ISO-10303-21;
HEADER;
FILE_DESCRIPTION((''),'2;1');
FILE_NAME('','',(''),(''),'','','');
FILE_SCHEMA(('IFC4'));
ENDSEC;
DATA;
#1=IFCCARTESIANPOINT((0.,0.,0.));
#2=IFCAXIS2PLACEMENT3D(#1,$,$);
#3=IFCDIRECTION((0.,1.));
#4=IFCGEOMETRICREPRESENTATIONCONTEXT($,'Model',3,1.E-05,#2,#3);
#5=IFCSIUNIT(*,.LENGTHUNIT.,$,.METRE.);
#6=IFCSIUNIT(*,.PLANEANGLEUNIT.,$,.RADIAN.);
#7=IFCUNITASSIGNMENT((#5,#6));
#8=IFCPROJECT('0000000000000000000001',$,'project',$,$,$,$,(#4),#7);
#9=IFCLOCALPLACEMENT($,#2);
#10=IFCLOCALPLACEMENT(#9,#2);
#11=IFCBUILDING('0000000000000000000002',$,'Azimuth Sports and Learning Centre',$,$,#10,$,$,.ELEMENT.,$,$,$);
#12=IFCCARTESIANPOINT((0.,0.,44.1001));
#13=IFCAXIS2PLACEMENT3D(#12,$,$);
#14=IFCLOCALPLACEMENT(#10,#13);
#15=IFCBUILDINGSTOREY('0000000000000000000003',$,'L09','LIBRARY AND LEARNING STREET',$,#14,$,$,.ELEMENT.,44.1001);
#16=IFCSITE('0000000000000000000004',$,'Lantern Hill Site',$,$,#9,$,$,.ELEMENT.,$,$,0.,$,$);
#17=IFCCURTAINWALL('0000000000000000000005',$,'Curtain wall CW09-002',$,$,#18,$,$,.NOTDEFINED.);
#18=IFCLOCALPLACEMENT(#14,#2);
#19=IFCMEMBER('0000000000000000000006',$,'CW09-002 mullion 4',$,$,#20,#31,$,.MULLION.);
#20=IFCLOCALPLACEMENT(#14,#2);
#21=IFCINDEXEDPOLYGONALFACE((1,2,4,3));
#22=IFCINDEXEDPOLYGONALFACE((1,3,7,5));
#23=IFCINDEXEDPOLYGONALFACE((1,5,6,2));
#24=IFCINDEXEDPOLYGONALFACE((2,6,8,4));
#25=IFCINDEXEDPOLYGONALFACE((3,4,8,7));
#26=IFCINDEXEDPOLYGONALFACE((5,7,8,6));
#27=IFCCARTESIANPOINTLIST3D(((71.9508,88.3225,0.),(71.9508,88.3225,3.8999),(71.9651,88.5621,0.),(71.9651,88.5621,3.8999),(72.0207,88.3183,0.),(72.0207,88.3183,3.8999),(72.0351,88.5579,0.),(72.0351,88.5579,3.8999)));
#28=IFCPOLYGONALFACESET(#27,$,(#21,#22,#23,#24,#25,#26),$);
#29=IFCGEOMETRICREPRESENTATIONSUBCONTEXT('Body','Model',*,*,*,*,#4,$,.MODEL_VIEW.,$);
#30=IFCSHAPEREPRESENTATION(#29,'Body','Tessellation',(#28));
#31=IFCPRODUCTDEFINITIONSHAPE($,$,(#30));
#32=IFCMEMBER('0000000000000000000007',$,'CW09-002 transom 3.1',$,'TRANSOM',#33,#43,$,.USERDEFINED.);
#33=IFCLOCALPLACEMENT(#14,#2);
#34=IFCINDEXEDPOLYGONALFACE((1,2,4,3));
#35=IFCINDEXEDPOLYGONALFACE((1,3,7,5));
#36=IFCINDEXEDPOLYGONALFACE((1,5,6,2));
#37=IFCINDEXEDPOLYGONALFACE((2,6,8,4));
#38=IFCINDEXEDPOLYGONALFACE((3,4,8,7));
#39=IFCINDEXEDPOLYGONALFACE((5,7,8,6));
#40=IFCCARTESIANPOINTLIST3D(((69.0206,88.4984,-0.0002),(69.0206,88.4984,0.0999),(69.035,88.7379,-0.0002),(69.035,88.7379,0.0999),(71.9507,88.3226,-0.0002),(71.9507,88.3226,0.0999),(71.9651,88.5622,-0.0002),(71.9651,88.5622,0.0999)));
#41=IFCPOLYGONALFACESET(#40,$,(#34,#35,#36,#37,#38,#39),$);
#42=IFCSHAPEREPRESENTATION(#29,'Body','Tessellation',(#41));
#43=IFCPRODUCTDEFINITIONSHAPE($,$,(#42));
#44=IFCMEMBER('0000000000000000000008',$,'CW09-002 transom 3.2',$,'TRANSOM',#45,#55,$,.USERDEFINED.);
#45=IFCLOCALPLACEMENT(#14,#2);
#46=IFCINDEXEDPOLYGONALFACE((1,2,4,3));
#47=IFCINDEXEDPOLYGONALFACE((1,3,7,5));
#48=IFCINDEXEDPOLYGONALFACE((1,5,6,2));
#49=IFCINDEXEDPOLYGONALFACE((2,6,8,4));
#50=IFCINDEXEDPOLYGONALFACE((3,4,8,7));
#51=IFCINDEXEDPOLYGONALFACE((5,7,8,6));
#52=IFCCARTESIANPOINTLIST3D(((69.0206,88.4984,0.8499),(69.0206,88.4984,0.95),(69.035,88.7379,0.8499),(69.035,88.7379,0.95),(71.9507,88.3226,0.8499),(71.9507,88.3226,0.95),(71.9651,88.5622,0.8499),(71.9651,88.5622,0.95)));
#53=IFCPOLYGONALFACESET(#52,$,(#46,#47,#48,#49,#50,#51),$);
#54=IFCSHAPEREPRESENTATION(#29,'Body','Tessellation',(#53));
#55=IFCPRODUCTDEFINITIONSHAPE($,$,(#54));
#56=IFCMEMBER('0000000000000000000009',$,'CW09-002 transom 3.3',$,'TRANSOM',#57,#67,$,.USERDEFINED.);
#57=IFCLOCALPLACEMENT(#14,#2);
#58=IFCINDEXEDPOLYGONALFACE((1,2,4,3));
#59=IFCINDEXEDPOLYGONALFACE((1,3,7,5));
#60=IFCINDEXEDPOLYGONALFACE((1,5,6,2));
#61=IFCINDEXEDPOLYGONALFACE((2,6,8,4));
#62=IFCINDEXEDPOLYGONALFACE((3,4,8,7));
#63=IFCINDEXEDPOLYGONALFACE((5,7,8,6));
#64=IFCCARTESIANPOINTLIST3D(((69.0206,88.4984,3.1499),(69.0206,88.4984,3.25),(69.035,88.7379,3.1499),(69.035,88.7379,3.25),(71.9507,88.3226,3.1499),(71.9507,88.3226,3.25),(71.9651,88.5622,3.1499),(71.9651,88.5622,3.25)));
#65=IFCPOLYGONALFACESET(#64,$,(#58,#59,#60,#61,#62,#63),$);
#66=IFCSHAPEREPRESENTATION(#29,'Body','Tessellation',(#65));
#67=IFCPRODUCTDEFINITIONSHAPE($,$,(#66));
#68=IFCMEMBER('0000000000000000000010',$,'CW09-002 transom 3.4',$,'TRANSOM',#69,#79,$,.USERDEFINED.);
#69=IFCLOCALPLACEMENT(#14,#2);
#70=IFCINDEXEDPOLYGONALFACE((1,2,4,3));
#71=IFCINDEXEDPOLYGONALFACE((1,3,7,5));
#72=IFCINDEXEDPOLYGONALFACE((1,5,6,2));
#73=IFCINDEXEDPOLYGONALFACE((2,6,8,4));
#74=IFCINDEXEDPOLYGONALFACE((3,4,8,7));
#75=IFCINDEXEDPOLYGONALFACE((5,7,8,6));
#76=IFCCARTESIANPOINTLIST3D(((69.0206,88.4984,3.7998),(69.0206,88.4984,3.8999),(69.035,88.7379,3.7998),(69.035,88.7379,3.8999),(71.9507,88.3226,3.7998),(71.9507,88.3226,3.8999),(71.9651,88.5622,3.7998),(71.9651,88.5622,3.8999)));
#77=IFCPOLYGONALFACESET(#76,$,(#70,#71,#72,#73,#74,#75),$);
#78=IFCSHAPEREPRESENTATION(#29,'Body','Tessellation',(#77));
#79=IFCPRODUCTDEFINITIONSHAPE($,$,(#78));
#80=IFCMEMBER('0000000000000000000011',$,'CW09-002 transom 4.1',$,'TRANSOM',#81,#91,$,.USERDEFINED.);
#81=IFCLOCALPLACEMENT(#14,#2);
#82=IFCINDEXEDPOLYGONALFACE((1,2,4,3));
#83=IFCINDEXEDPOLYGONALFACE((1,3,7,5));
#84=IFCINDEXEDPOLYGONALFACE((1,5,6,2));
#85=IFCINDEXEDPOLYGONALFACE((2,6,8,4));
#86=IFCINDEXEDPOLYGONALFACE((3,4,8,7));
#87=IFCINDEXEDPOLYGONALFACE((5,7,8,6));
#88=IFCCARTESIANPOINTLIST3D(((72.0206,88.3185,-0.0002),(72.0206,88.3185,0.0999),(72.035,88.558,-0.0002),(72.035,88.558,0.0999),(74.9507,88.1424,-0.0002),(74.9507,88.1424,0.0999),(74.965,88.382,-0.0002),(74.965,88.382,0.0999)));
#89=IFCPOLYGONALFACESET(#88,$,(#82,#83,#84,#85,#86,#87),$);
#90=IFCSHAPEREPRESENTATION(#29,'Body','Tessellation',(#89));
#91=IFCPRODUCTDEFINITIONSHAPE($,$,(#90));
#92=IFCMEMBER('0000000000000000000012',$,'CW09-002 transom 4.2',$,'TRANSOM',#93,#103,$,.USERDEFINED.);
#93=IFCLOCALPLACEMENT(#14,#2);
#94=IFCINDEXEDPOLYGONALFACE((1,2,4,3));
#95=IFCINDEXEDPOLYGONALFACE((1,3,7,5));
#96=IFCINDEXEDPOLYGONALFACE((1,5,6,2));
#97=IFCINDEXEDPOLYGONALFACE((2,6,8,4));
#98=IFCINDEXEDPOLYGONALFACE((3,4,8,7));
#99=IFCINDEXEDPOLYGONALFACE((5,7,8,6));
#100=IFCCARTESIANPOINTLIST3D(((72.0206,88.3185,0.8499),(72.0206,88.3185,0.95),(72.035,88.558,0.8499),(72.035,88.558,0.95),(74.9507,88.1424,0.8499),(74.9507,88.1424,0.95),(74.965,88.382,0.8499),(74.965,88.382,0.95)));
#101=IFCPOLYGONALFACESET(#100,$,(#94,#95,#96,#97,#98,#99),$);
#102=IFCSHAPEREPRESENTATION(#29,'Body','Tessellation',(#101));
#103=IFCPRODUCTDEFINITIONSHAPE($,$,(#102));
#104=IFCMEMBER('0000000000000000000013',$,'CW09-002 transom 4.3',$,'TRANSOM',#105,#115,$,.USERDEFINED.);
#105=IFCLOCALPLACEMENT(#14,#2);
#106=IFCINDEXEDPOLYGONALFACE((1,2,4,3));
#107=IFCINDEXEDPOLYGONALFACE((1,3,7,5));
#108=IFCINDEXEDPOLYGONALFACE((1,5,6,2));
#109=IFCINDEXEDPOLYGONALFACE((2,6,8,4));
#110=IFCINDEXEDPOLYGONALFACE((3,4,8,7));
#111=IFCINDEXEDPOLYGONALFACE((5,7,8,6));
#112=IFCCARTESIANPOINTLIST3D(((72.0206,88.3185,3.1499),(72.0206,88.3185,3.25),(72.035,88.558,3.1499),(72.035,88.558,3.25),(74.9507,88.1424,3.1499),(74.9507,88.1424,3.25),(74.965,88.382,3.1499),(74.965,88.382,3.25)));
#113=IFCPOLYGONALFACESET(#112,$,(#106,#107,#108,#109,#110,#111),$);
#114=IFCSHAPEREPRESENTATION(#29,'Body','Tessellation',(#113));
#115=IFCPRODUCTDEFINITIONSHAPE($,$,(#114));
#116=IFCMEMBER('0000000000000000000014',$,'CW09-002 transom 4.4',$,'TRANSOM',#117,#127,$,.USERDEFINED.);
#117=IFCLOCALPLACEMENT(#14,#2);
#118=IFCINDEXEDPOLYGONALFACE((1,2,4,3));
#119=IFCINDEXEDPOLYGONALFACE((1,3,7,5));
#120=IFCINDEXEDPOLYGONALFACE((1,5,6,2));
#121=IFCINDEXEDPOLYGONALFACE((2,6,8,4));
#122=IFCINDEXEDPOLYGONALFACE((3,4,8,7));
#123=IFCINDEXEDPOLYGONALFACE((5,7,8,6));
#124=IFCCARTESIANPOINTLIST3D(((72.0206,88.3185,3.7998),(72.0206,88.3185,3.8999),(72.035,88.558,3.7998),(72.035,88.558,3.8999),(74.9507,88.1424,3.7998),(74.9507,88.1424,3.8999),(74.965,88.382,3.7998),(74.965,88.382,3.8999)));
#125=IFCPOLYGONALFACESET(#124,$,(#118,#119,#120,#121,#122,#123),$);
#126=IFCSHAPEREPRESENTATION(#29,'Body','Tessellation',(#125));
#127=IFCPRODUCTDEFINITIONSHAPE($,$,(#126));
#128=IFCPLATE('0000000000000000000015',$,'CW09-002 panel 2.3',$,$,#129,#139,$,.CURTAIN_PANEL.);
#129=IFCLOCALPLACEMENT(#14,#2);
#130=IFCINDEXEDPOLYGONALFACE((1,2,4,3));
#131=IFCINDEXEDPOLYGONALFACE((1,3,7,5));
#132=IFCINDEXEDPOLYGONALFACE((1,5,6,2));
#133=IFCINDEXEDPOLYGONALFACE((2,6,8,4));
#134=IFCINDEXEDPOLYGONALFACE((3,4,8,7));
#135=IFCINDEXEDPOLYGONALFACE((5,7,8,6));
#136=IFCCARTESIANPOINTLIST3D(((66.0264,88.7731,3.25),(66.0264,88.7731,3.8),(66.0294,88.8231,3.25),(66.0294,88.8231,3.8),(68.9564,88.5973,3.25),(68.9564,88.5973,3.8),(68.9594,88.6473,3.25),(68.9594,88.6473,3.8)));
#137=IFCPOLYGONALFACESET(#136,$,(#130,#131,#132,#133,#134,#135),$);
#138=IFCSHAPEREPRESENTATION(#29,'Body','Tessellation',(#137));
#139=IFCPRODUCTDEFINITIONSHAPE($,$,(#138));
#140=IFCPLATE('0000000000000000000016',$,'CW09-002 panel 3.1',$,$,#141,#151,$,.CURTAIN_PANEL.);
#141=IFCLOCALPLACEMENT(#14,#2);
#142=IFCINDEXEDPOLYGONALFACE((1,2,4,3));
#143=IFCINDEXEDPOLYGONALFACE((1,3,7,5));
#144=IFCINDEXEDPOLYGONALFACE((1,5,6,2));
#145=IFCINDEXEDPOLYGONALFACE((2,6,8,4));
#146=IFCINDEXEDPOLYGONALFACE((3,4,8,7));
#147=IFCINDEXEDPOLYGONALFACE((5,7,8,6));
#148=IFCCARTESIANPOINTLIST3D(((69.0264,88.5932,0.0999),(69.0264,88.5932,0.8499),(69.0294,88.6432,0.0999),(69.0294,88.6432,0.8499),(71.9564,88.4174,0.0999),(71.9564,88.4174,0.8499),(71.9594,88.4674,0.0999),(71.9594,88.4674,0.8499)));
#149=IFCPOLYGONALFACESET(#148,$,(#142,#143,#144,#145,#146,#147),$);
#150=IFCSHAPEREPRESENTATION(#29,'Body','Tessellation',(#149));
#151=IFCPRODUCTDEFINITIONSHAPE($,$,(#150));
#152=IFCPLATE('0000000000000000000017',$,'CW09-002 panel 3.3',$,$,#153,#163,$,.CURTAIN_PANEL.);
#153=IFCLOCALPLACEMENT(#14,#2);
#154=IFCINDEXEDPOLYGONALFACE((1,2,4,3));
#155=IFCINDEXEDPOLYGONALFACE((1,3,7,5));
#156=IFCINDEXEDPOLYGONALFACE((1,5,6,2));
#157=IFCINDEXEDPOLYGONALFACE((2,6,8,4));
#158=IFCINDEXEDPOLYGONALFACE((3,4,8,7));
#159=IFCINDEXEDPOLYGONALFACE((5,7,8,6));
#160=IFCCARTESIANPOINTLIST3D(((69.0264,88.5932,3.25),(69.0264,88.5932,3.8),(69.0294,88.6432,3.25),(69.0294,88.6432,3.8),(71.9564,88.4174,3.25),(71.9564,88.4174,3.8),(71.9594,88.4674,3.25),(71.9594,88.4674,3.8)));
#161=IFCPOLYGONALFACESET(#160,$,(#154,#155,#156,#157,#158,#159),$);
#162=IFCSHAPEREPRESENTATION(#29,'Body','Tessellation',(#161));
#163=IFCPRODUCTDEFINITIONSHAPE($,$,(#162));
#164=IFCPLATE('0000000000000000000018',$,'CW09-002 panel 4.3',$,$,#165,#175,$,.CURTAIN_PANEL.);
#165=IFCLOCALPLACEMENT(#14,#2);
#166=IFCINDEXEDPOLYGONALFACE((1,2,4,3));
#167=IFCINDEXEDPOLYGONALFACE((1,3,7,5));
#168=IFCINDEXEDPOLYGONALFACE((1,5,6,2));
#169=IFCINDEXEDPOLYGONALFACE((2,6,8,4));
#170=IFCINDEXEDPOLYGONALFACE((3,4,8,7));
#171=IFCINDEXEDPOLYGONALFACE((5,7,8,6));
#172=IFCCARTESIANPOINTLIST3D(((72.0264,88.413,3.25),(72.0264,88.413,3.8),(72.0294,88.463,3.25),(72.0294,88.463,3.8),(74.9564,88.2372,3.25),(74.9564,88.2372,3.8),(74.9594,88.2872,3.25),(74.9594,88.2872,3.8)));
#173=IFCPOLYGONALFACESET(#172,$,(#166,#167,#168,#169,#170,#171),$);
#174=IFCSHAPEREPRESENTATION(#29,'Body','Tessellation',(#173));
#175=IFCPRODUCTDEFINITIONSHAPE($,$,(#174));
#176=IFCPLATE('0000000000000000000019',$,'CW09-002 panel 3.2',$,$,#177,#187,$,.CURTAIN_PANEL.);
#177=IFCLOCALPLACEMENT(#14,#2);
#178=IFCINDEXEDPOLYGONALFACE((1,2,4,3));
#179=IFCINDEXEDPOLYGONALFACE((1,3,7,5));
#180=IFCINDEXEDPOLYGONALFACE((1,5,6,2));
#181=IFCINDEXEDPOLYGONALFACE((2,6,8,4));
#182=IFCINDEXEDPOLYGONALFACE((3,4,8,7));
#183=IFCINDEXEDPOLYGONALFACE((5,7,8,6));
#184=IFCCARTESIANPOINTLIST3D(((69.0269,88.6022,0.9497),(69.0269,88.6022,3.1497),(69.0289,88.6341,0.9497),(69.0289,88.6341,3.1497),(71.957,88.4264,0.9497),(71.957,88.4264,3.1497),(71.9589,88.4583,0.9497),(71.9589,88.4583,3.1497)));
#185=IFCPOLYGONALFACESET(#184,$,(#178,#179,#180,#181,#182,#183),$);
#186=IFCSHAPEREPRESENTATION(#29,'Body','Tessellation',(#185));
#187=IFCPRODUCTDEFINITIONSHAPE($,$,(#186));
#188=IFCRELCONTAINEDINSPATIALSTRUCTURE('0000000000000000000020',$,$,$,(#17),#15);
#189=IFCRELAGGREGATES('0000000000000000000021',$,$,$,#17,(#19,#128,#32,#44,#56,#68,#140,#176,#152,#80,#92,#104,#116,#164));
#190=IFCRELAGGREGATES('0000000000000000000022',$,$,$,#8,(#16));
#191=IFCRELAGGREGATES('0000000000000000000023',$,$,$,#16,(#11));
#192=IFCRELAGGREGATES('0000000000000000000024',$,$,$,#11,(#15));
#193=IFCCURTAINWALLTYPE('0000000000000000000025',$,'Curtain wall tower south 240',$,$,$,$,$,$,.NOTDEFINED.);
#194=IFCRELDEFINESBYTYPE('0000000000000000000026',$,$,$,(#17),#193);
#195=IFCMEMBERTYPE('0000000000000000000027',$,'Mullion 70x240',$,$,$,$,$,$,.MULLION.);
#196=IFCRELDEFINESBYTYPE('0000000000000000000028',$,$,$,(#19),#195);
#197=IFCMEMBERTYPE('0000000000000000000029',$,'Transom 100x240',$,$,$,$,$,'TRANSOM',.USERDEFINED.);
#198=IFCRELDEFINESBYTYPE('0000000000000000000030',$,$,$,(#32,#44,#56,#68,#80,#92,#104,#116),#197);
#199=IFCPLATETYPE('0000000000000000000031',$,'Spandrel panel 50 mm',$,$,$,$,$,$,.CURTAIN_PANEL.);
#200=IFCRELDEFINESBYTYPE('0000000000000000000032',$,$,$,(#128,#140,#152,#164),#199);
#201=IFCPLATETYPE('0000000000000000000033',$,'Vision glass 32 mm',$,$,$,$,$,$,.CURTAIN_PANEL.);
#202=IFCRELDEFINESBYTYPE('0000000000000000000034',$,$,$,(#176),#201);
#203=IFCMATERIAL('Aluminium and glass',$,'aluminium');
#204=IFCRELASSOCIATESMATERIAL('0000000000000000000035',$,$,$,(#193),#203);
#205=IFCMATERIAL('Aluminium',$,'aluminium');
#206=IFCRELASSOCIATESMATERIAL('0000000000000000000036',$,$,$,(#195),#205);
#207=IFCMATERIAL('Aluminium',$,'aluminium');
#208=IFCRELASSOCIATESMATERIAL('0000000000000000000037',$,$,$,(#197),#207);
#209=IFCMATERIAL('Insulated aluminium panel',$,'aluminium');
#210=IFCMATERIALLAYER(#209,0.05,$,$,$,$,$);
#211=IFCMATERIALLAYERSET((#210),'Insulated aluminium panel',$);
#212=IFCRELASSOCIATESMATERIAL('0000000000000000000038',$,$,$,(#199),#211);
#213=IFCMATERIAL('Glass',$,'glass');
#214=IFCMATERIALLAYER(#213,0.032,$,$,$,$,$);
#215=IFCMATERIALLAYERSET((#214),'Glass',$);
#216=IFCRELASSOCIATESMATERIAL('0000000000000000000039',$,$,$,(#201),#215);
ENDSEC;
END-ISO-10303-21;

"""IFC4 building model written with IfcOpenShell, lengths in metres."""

from ifc_helpers import new_model, si_unit, direction, frame, origin, origin_2d, place, context, subcontext, project, spatial, rectangle, extrude, material, layer, layer_set, material_profile, profile_set, type_object, element, aggregate, save


model = new_model("IFC4")

# Units and contexts
model_context = context("Model", 3, precision=1e-05, world=origin(), true_north=direction((0.0, 1.0)))
body_context = subcontext(model_context, "Body", "Model", "MODEL_VIEW")
ifc_project = project(units=[si_unit("LENGTHUNIT", "METRE"), si_unit("PLANEANGLEUNIT", "RADIAN")], contexts=[model_context])

# Site, building, storey
site_placement = place(None, origin())
site = spatial("IfcSite", under=ifc_project, at=site_placement, Name="Lantern Hill Site", CompositionType="ELEMENT", RefElevation=0.0)
building_placement = place(site_placement, origin())
building = spatial("IfcBuilding", under=site, at=building_placement, Name="Azimuth Sports and Learning Centre", CompositionType="ELEMENT")
storey_placement = place(building_placement, frame((0.0, 0.0, 44.1001)))
storey = spatial("IfcBuildingStorey", under=building, at=storey_placement, Name="L09", Description="LIBRARY AND LEARNING STREET", CompositionType="ELEMENT", Elevation=44.1001)

# Curtain wall, members, plates
ifc_material_1 = material(Name="Aluminium and glass", Category="aluminium")
curtain_wall_type = type_object("IfcCurtainWallType", Name="Curtain wall tower south 240", PredefinedType="NOTDEFINED", material=ifc_material_1)
curtain_wall_placement = place(storey_placement, origin())
curtain_wall = element("IfcCurtainWall", 1, at=curtain_wall_placement, inside=storey, type_object=curtain_wall_type, Name="Curtain wall CW09-002", PredefinedType="NOTDEFINED")
ifc_material_2 = material(Name="Aluminium", Category="aluminium")
ifc_material_profile_1 = material_profile(ifc_material_2, rectangle(XDim=0.24, YDim=0.0701, at=origin_2d()), Name="Mullion 70x240")
ifc_profile_set_1 = profile_set([ifc_material_profile_1], Name="Aluminium")
member_type_1 = type_object("IfcMemberType", Name="Mullion 70x240", PredefinedType="MULLION", material=ifc_profile_set_1)
member_1_placement = place(storey_placement, frame((71.9929, 88.4402, 0.0), z_axis=(0.0, 0.0, 1.0), x_axis=(0.059892, 0.998205, 0.0)))
member_1 = element("IfcMember", 2, at=member_1_placement, type_object=member_type_1, Name="CW09-002 mullion 4", PredefinedType="MULLION", context=body_context, shape_type="SweptSolid", body=[
    extrude(rectangle(XDim=0.24, YDim=0.0701, at=origin_2d()), origin(), (0.0, 0.0, 1.0), 3.8999),
])
ifc_material_3 = material(Name="Aluminium", Category="aluminium")
ifc_material_profile_2 = material_profile(ifc_material_3, rectangle(XDim=0.24, YDim=0.1001, at=origin_2d()), Name="Transom 100x240")
ifc_profile_set_2 = profile_set([ifc_material_profile_2], Name="Aluminium")
member_type_2 = type_object("IfcMemberType", Name="Transom 100x240", ElementType="TRANSOM", PredefinedType="USERDEFINED", material=ifc_profile_set_2)
member_2_placement = place(storey_placement, frame((69.0278, 88.6182, 0.0498), z_axis=(0.998205, -0.059887, 0.0), x_axis=(0.059887, 0.998205, 0.0)))
member_2 = element("IfcMember", 3, at=member_2_placement, type_object=member_type_2, Name="CW09-002 transom 3.1", ObjectType="TRANSOM", PredefinedType="USERDEFINED", context=body_context, shape_type="SweptSolid", body=[
    extrude(rectangle(XDim=0.24, YDim=0.1001, at=origin_2d()), origin(), (0.0, 0.0, 1.0), 2.9353),
])
member_3_placement = place(storey_placement, frame((69.0278, 88.6182, 0.8999), z_axis=(0.998205, -0.059887, 0.0), x_axis=(0.059887, 0.998205, 0.0)))
member_3 = element("IfcMember", 4, at=member_3_placement, type_object=member_type_2, Name="CW09-002 transom 3.2", ObjectType="TRANSOM", PredefinedType="USERDEFINED", context=body_context, shape_type="SweptSolid", body=[
    extrude(rectangle(XDim=0.24, YDim=0.1001, at=origin_2d()), origin(), (0.0, 0.0, 1.0), 2.9353),
])
member_4_placement = place(storey_placement, frame((69.0278, 88.6182, 3.2), z_axis=(0.998205, -0.059887, 0.0), x_axis=(0.059887, 0.998205, 0.0)))
member_4 = element("IfcMember", 5, at=member_4_placement, type_object=member_type_2, Name="CW09-002 transom 3.3", ObjectType="TRANSOM", PredefinedType="USERDEFINED", context=body_context, shape_type="SweptSolid", body=[
    extrude(rectangle(XDim=0.24, YDim=0.1001, at=origin_2d()), origin(), (0.0, 0.0, 1.0), 2.9353),
])
member_5_placement = place(storey_placement, frame((69.0278, 88.6182, 3.8499), z_axis=(0.998205, -0.059887, 0.0), x_axis=(0.059887, 0.998205, 0.0)))
member_5 = element("IfcMember", 6, at=member_5_placement, type_object=member_type_2, Name="CW09-002 transom 3.4", ObjectType="TRANSOM", PredefinedType="USERDEFINED", context=body_context, shape_type="SweptSolid", body=[
    extrude(rectangle(XDim=0.24, YDim=0.1001, at=origin_2d()), origin(), (0.0, 0.0, 1.0), 2.9353),
])
member_6_placement = place(storey_placement, frame((72.0278, 88.4382, 0.0498), z_axis=(0.9982, -0.05997, 0.0), x_axis=(0.05997, 0.9982, 0.0)))
member_6 = element("IfcMember", 7, at=member_6_placement, type_object=member_type_2, Name="CW09-002 transom 4.1", ObjectType="TRANSOM", PredefinedType="USERDEFINED", context=body_context, shape_type="SweptSolid", body=[
    extrude(rectangle(XDim=0.24, YDim=0.1001, at=origin_2d()), origin(), (0.0, 0.0, 1.0), 2.9353),
])
member_7_placement = place(storey_placement, frame((72.0278, 88.4382, 0.8999), z_axis=(0.9982, -0.05997, 0.0), x_axis=(0.05997, 0.9982, 0.0)))
member_7 = element("IfcMember", 8, at=member_7_placement, type_object=member_type_2, Name="CW09-002 transom 4.2", ObjectType="TRANSOM", PredefinedType="USERDEFINED", context=body_context, shape_type="SweptSolid", body=[
    extrude(rectangle(XDim=0.24, YDim=0.1001, at=origin_2d()), origin(), (0.0, 0.0, 1.0), 2.9353),
])
member_8_placement = place(storey_placement, frame((72.0278, 88.4382, 3.2), z_axis=(0.9982, -0.05997, 0.0), x_axis=(0.05997, 0.9982, 0.0)))
member_8 = element("IfcMember", 9, at=member_8_placement, type_object=member_type_2, Name="CW09-002 transom 4.3", ObjectType="TRANSOM", PredefinedType="USERDEFINED", context=body_context, shape_type="SweptSolid", body=[
    extrude(rectangle(XDim=0.24, YDim=0.1001, at=origin_2d()), origin(), (0.0, 0.0, 1.0), 2.9353),
])
member_9_placement = place(storey_placement, frame((72.0278, 88.4382, 3.8499), z_axis=(0.9982, -0.05997, 0.0), x_axis=(0.05997, 0.9982, 0.0)))
member_9 = element("IfcMember", 10, at=member_9_placement, type_object=member_type_2, Name="CW09-002 transom 4.4", ObjectType="TRANSOM", PredefinedType="USERDEFINED", context=body_context, shape_type="SweptSolid", body=[
    extrude(rectangle(XDim=0.24, YDim=0.1001, at=origin_2d()), origin(), (0.0, 0.0, 1.0), 2.9353),
])
ifc_material_4 = material(Name="Insulated aluminium panel", Category="aluminium")
ifc_layer_1 = layer(ifc_material_4, 0.05)
ifc_layer_set_1 = layer_set([ifc_layer_1], Name="Insulated aluminium panel")
plate_type_1 = type_object("IfcPlateType", Name="Spandrel panel 50 mm", PredefinedType="CURTAIN_PANEL", material=ifc_layer_set_1)
plate_1_placement = place(storey_placement, frame((67.4929, 88.7102, 3.25), z_axis=(0.0, 0.0, 1.0), x_axis=(0.998205, -0.059892, 0.0)))
plate_1 = element("IfcPlate", 11, at=plate_1_placement, type_object=plate_type_1, Name="CW09-002 panel 2.3", PredefinedType="CURTAIN_PANEL", context=body_context, shape_type="SweptSolid", body=[
    extrude(rectangle(XDim=2.9353, YDim=0.05, at=origin_2d()), origin(), (0.0, 0.0, 1.0), 0.55),
])
plate_2_placement = place(storey_placement, frame((70.4929, 88.5303, 0.0999), z_axis=(0.0, 0.0, 1.0), x_axis=(0.998205, -0.059892, 0.0)))
plate_2 = element("IfcPlate", 12, at=plate_2_placement, type_object=plate_type_1, Name="CW09-002 panel 3.1", PredefinedType="CURTAIN_PANEL", context=body_context, shape_type="SweptSolid", body=[
    extrude(rectangle(XDim=2.9353, YDim=0.05, at=origin_2d()), origin(), (0.0, 0.0, 1.0), 0.75),
])
plate_3_placement = place(storey_placement, frame((70.4929, 88.5303, 3.25), z_axis=(0.0, 0.0, 1.0), x_axis=(0.998205, -0.059892, 0.0)))
plate_3 = element("IfcPlate", 13, at=plate_3_placement, type_object=plate_type_1, Name="CW09-002 panel 3.3", PredefinedType="CURTAIN_PANEL", context=body_context, shape_type="SweptSolid", body=[
    extrude(rectangle(XDim=2.9353, YDim=0.05, at=origin_2d()), origin(), (0.0, 0.0, 1.0), 0.55),
])
plate_4_placement = place(storey_placement, frame((73.4929, 88.3501, 3.25), z_axis=(0.0, 0.0, 1.0), x_axis=(0.998205, -0.059892, 0.0)))
plate_4 = element("IfcPlate", 14, at=plate_4_placement, type_object=plate_type_1, Name="CW09-002 panel 4.3", PredefinedType="CURTAIN_PANEL", context=body_context, shape_type="SweptSolid", body=[
    extrude(rectangle(XDim=2.9353, YDim=0.05, at=origin_2d()), origin(), (0.0, 0.0, 1.0), 0.55),
])
ifc_material_5 = material(Name="Glass", Category="glass")
ifc_layer_2 = layer(ifc_material_5, 0.032)
ifc_layer_set_2 = layer_set([ifc_layer_2], Name="Glass")
plate_type_2 = type_object("IfcPlateType", Name="Vision glass 32 mm", PredefinedType="CURTAIN_PANEL", material=ifc_layer_set_2)
plate_5_placement = place(storey_placement, frame((70.4929, 88.5303, 0.9497), z_axis=(0.0, 0.0, 1.0), x_axis=(0.998205, -0.059892, 0.0)))
plate_5 = element("IfcPlate", 15, at=plate_5_placement, type_object=plate_type_2, Name="CW09-002 panel 3.2", PredefinedType="CURTAIN_PANEL", context=body_context, shape_type="SweptSolid", body=[
    extrude(rectangle(XDim=2.9353, YDim=0.032, at=origin_2d()), origin(), (0.0, 0.0, 1.0), 2.2),
])
aggregate(curtain_wall, [member_1, plate_1, member_2, member_3, member_4, member_5, plate_2, plate_5, plate_3, member_6, member_7, member_8, member_9, plate_4])

save(model, "model.ifc")
